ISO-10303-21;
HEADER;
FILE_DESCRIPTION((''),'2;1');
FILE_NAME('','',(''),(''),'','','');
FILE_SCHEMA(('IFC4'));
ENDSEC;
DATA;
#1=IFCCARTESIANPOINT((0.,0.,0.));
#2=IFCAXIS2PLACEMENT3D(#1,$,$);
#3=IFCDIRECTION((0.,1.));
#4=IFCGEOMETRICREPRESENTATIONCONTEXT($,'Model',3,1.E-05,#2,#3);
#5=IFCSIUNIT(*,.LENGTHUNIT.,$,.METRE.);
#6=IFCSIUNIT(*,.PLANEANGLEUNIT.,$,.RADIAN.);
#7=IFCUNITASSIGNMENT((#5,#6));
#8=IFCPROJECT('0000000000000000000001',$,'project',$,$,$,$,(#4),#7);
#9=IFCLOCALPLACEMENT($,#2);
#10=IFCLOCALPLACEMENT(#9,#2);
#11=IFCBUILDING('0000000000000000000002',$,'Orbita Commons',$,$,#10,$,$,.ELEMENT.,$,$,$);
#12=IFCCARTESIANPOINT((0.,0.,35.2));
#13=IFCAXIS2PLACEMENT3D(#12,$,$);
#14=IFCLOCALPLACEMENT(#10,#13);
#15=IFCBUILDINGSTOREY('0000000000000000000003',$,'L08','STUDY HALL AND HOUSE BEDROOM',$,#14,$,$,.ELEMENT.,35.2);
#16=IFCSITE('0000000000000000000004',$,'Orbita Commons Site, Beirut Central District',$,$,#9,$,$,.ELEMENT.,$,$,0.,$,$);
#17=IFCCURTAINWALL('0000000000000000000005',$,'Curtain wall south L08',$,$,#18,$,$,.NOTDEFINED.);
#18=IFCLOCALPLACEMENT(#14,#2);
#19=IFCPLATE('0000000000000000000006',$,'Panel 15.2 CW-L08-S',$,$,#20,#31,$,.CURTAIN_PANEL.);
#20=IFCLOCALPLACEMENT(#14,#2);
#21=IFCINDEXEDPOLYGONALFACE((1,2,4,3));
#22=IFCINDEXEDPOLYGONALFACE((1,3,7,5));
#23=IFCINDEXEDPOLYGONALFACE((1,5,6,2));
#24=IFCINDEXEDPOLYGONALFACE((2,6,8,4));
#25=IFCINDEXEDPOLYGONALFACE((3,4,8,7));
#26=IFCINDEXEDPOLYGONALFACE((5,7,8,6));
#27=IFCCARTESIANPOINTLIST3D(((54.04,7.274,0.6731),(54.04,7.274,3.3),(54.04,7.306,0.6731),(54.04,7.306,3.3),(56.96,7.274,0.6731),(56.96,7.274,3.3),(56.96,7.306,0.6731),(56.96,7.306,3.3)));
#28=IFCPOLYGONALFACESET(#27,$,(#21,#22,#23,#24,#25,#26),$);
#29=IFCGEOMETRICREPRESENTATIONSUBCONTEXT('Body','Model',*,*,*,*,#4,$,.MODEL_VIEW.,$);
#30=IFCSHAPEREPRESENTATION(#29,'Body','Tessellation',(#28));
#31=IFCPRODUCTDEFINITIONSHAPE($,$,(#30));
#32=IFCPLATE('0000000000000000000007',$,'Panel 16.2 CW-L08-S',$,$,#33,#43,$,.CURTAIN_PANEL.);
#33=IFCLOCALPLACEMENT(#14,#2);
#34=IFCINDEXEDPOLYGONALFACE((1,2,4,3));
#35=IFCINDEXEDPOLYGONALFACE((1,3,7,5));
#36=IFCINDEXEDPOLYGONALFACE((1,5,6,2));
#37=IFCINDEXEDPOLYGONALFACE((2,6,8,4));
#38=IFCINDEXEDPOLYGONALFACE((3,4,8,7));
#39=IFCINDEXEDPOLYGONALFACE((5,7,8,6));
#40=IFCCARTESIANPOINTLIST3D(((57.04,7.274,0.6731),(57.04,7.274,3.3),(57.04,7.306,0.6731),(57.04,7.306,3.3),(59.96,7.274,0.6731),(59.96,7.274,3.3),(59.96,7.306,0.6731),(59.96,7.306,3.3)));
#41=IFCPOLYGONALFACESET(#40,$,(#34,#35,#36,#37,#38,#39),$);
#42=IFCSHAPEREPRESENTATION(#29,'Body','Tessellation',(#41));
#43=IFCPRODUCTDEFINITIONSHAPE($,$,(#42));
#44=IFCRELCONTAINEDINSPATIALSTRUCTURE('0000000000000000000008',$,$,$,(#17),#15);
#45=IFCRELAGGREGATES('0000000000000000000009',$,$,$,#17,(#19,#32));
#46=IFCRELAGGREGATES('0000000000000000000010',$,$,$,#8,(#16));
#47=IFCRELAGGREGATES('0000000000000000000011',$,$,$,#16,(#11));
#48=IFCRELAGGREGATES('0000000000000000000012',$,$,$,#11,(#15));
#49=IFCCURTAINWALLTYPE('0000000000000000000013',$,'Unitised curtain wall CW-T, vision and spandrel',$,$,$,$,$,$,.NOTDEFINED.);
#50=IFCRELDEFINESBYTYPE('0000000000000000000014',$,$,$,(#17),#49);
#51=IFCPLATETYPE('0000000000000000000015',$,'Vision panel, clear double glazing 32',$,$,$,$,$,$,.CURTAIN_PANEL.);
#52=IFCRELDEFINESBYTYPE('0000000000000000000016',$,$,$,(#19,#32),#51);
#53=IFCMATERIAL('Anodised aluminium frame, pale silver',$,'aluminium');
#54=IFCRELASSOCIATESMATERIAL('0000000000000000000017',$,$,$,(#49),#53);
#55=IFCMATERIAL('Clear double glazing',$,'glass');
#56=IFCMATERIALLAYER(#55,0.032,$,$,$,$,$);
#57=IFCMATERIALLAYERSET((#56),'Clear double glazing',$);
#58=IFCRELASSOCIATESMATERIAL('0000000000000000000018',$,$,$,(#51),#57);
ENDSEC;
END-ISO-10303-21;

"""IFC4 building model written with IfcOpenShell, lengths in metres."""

from ifc_helpers import new_model, si_unit, direction, frame, origin, origin_2d, place, context, subcontext, project, spatial, rectangle, extrude, material, layer, layer_set, type_object, element, aggregate, save


model = new_model("IFC4")

# Units and contexts
model_context = context("Model", 3, precision=1e-05, world=origin(), true_north=direction((0.0, 1.0)))
body_context = subcontext(model_context, "Body", "Model", "MODEL_VIEW")
ifc_project = project(units=[si_unit("LENGTHUNIT", "METRE"), si_unit("PLANEANGLEUNIT", "RADIAN")], contexts=[model_context])

# Site, building, storey
site_placement = place(None, origin())
site = spatial("IfcSite", under=ifc_project, at=site_placement, Name="Orbita Commons Site, Beirut Central District", CompositionType="ELEMENT", RefElevation=0.0)
building_placement = place(site_placement, origin())
building = spatial("IfcBuilding", under=site, at=building_placement, Name="Orbita Commons", CompositionType="ELEMENT")
storey_placement = place(building_placement, frame((0.0, 0.0, 35.2)))
storey = spatial("IfcBuildingStorey", under=building, at=storey_placement, Name="L08", Description="STUDY HALL AND HOUSE BEDROOM", CompositionType="ELEMENT", Elevation=35.2)

# Curtain wall, plates
ifc_material_1 = material(Name="Anodised aluminium frame, pale silver", Category="aluminium")
curtain_wall_type = type_object("IfcCurtainWallType", Name="Unitised curtain wall CW-T, vision and spandrel", PredefinedType="NOTDEFINED", material=ifc_material_1)
curtain_wall_placement = place(storey_placement, origin())
curtain_wall = element("IfcCurtainWall", 1, at=curtain_wall_placement, inside=storey, type_object=curtain_wall_type, Name="Curtain wall south L08", PredefinedType="NOTDEFINED")
ifc_material_2 = material(Name="Clear double glazing", Category="glass")
ifc_layer_1 = layer(ifc_material_2, 0.032)
ifc_layer_set_1 = layer_set([ifc_layer_1], Name="Clear double glazing")
plate_type_1 = type_object("IfcPlateType", Name="Vision panel, clear double glazing 32", PredefinedType="CURTAIN_PANEL", material=ifc_layer_set_1)
plate_1_placement = place(storey_placement, frame((55.5, 7.29, 0.6731), z_axis=(0.0, 0.0, 1.0), x_axis=(1.0, 0.0, 0.0)))
plate_1 = element("IfcPlate", 2, at=plate_1_placement, type_object=plate_type_1, Name="Panel 15.2 CW-L08-S", PredefinedType="CURTAIN_PANEL", context=body_context, shape_type="SweptSolid", body=[
    extrude(rectangle(XDim=2.9199, YDim=0.032, at=origin_2d()), origin(), (0.0, 0.0, 1.0), 2.627),
])
plate_2_placement = place(storey_placement, frame((58.5, 7.29, 0.6731), z_axis=(0.0, 0.0, 1.0), x_axis=(1.0, 0.0, 0.0)))
plate_2 = element("IfcPlate", 3, at=plate_2_placement, type_object=plate_type_1, Name="Panel 16.2 CW-L08-S", PredefinedType="CURTAIN_PANEL", context=body_context, shape_type="SweptSolid", body=[
    extrude(rectangle(XDim=2.9199, YDim=0.032, at=origin_2d()), origin(), (0.0, 0.0, 1.0), 2.627),
])
aggregate(curtain_wall, [plate_1, plate_2])

save(model, "model.ifc")
